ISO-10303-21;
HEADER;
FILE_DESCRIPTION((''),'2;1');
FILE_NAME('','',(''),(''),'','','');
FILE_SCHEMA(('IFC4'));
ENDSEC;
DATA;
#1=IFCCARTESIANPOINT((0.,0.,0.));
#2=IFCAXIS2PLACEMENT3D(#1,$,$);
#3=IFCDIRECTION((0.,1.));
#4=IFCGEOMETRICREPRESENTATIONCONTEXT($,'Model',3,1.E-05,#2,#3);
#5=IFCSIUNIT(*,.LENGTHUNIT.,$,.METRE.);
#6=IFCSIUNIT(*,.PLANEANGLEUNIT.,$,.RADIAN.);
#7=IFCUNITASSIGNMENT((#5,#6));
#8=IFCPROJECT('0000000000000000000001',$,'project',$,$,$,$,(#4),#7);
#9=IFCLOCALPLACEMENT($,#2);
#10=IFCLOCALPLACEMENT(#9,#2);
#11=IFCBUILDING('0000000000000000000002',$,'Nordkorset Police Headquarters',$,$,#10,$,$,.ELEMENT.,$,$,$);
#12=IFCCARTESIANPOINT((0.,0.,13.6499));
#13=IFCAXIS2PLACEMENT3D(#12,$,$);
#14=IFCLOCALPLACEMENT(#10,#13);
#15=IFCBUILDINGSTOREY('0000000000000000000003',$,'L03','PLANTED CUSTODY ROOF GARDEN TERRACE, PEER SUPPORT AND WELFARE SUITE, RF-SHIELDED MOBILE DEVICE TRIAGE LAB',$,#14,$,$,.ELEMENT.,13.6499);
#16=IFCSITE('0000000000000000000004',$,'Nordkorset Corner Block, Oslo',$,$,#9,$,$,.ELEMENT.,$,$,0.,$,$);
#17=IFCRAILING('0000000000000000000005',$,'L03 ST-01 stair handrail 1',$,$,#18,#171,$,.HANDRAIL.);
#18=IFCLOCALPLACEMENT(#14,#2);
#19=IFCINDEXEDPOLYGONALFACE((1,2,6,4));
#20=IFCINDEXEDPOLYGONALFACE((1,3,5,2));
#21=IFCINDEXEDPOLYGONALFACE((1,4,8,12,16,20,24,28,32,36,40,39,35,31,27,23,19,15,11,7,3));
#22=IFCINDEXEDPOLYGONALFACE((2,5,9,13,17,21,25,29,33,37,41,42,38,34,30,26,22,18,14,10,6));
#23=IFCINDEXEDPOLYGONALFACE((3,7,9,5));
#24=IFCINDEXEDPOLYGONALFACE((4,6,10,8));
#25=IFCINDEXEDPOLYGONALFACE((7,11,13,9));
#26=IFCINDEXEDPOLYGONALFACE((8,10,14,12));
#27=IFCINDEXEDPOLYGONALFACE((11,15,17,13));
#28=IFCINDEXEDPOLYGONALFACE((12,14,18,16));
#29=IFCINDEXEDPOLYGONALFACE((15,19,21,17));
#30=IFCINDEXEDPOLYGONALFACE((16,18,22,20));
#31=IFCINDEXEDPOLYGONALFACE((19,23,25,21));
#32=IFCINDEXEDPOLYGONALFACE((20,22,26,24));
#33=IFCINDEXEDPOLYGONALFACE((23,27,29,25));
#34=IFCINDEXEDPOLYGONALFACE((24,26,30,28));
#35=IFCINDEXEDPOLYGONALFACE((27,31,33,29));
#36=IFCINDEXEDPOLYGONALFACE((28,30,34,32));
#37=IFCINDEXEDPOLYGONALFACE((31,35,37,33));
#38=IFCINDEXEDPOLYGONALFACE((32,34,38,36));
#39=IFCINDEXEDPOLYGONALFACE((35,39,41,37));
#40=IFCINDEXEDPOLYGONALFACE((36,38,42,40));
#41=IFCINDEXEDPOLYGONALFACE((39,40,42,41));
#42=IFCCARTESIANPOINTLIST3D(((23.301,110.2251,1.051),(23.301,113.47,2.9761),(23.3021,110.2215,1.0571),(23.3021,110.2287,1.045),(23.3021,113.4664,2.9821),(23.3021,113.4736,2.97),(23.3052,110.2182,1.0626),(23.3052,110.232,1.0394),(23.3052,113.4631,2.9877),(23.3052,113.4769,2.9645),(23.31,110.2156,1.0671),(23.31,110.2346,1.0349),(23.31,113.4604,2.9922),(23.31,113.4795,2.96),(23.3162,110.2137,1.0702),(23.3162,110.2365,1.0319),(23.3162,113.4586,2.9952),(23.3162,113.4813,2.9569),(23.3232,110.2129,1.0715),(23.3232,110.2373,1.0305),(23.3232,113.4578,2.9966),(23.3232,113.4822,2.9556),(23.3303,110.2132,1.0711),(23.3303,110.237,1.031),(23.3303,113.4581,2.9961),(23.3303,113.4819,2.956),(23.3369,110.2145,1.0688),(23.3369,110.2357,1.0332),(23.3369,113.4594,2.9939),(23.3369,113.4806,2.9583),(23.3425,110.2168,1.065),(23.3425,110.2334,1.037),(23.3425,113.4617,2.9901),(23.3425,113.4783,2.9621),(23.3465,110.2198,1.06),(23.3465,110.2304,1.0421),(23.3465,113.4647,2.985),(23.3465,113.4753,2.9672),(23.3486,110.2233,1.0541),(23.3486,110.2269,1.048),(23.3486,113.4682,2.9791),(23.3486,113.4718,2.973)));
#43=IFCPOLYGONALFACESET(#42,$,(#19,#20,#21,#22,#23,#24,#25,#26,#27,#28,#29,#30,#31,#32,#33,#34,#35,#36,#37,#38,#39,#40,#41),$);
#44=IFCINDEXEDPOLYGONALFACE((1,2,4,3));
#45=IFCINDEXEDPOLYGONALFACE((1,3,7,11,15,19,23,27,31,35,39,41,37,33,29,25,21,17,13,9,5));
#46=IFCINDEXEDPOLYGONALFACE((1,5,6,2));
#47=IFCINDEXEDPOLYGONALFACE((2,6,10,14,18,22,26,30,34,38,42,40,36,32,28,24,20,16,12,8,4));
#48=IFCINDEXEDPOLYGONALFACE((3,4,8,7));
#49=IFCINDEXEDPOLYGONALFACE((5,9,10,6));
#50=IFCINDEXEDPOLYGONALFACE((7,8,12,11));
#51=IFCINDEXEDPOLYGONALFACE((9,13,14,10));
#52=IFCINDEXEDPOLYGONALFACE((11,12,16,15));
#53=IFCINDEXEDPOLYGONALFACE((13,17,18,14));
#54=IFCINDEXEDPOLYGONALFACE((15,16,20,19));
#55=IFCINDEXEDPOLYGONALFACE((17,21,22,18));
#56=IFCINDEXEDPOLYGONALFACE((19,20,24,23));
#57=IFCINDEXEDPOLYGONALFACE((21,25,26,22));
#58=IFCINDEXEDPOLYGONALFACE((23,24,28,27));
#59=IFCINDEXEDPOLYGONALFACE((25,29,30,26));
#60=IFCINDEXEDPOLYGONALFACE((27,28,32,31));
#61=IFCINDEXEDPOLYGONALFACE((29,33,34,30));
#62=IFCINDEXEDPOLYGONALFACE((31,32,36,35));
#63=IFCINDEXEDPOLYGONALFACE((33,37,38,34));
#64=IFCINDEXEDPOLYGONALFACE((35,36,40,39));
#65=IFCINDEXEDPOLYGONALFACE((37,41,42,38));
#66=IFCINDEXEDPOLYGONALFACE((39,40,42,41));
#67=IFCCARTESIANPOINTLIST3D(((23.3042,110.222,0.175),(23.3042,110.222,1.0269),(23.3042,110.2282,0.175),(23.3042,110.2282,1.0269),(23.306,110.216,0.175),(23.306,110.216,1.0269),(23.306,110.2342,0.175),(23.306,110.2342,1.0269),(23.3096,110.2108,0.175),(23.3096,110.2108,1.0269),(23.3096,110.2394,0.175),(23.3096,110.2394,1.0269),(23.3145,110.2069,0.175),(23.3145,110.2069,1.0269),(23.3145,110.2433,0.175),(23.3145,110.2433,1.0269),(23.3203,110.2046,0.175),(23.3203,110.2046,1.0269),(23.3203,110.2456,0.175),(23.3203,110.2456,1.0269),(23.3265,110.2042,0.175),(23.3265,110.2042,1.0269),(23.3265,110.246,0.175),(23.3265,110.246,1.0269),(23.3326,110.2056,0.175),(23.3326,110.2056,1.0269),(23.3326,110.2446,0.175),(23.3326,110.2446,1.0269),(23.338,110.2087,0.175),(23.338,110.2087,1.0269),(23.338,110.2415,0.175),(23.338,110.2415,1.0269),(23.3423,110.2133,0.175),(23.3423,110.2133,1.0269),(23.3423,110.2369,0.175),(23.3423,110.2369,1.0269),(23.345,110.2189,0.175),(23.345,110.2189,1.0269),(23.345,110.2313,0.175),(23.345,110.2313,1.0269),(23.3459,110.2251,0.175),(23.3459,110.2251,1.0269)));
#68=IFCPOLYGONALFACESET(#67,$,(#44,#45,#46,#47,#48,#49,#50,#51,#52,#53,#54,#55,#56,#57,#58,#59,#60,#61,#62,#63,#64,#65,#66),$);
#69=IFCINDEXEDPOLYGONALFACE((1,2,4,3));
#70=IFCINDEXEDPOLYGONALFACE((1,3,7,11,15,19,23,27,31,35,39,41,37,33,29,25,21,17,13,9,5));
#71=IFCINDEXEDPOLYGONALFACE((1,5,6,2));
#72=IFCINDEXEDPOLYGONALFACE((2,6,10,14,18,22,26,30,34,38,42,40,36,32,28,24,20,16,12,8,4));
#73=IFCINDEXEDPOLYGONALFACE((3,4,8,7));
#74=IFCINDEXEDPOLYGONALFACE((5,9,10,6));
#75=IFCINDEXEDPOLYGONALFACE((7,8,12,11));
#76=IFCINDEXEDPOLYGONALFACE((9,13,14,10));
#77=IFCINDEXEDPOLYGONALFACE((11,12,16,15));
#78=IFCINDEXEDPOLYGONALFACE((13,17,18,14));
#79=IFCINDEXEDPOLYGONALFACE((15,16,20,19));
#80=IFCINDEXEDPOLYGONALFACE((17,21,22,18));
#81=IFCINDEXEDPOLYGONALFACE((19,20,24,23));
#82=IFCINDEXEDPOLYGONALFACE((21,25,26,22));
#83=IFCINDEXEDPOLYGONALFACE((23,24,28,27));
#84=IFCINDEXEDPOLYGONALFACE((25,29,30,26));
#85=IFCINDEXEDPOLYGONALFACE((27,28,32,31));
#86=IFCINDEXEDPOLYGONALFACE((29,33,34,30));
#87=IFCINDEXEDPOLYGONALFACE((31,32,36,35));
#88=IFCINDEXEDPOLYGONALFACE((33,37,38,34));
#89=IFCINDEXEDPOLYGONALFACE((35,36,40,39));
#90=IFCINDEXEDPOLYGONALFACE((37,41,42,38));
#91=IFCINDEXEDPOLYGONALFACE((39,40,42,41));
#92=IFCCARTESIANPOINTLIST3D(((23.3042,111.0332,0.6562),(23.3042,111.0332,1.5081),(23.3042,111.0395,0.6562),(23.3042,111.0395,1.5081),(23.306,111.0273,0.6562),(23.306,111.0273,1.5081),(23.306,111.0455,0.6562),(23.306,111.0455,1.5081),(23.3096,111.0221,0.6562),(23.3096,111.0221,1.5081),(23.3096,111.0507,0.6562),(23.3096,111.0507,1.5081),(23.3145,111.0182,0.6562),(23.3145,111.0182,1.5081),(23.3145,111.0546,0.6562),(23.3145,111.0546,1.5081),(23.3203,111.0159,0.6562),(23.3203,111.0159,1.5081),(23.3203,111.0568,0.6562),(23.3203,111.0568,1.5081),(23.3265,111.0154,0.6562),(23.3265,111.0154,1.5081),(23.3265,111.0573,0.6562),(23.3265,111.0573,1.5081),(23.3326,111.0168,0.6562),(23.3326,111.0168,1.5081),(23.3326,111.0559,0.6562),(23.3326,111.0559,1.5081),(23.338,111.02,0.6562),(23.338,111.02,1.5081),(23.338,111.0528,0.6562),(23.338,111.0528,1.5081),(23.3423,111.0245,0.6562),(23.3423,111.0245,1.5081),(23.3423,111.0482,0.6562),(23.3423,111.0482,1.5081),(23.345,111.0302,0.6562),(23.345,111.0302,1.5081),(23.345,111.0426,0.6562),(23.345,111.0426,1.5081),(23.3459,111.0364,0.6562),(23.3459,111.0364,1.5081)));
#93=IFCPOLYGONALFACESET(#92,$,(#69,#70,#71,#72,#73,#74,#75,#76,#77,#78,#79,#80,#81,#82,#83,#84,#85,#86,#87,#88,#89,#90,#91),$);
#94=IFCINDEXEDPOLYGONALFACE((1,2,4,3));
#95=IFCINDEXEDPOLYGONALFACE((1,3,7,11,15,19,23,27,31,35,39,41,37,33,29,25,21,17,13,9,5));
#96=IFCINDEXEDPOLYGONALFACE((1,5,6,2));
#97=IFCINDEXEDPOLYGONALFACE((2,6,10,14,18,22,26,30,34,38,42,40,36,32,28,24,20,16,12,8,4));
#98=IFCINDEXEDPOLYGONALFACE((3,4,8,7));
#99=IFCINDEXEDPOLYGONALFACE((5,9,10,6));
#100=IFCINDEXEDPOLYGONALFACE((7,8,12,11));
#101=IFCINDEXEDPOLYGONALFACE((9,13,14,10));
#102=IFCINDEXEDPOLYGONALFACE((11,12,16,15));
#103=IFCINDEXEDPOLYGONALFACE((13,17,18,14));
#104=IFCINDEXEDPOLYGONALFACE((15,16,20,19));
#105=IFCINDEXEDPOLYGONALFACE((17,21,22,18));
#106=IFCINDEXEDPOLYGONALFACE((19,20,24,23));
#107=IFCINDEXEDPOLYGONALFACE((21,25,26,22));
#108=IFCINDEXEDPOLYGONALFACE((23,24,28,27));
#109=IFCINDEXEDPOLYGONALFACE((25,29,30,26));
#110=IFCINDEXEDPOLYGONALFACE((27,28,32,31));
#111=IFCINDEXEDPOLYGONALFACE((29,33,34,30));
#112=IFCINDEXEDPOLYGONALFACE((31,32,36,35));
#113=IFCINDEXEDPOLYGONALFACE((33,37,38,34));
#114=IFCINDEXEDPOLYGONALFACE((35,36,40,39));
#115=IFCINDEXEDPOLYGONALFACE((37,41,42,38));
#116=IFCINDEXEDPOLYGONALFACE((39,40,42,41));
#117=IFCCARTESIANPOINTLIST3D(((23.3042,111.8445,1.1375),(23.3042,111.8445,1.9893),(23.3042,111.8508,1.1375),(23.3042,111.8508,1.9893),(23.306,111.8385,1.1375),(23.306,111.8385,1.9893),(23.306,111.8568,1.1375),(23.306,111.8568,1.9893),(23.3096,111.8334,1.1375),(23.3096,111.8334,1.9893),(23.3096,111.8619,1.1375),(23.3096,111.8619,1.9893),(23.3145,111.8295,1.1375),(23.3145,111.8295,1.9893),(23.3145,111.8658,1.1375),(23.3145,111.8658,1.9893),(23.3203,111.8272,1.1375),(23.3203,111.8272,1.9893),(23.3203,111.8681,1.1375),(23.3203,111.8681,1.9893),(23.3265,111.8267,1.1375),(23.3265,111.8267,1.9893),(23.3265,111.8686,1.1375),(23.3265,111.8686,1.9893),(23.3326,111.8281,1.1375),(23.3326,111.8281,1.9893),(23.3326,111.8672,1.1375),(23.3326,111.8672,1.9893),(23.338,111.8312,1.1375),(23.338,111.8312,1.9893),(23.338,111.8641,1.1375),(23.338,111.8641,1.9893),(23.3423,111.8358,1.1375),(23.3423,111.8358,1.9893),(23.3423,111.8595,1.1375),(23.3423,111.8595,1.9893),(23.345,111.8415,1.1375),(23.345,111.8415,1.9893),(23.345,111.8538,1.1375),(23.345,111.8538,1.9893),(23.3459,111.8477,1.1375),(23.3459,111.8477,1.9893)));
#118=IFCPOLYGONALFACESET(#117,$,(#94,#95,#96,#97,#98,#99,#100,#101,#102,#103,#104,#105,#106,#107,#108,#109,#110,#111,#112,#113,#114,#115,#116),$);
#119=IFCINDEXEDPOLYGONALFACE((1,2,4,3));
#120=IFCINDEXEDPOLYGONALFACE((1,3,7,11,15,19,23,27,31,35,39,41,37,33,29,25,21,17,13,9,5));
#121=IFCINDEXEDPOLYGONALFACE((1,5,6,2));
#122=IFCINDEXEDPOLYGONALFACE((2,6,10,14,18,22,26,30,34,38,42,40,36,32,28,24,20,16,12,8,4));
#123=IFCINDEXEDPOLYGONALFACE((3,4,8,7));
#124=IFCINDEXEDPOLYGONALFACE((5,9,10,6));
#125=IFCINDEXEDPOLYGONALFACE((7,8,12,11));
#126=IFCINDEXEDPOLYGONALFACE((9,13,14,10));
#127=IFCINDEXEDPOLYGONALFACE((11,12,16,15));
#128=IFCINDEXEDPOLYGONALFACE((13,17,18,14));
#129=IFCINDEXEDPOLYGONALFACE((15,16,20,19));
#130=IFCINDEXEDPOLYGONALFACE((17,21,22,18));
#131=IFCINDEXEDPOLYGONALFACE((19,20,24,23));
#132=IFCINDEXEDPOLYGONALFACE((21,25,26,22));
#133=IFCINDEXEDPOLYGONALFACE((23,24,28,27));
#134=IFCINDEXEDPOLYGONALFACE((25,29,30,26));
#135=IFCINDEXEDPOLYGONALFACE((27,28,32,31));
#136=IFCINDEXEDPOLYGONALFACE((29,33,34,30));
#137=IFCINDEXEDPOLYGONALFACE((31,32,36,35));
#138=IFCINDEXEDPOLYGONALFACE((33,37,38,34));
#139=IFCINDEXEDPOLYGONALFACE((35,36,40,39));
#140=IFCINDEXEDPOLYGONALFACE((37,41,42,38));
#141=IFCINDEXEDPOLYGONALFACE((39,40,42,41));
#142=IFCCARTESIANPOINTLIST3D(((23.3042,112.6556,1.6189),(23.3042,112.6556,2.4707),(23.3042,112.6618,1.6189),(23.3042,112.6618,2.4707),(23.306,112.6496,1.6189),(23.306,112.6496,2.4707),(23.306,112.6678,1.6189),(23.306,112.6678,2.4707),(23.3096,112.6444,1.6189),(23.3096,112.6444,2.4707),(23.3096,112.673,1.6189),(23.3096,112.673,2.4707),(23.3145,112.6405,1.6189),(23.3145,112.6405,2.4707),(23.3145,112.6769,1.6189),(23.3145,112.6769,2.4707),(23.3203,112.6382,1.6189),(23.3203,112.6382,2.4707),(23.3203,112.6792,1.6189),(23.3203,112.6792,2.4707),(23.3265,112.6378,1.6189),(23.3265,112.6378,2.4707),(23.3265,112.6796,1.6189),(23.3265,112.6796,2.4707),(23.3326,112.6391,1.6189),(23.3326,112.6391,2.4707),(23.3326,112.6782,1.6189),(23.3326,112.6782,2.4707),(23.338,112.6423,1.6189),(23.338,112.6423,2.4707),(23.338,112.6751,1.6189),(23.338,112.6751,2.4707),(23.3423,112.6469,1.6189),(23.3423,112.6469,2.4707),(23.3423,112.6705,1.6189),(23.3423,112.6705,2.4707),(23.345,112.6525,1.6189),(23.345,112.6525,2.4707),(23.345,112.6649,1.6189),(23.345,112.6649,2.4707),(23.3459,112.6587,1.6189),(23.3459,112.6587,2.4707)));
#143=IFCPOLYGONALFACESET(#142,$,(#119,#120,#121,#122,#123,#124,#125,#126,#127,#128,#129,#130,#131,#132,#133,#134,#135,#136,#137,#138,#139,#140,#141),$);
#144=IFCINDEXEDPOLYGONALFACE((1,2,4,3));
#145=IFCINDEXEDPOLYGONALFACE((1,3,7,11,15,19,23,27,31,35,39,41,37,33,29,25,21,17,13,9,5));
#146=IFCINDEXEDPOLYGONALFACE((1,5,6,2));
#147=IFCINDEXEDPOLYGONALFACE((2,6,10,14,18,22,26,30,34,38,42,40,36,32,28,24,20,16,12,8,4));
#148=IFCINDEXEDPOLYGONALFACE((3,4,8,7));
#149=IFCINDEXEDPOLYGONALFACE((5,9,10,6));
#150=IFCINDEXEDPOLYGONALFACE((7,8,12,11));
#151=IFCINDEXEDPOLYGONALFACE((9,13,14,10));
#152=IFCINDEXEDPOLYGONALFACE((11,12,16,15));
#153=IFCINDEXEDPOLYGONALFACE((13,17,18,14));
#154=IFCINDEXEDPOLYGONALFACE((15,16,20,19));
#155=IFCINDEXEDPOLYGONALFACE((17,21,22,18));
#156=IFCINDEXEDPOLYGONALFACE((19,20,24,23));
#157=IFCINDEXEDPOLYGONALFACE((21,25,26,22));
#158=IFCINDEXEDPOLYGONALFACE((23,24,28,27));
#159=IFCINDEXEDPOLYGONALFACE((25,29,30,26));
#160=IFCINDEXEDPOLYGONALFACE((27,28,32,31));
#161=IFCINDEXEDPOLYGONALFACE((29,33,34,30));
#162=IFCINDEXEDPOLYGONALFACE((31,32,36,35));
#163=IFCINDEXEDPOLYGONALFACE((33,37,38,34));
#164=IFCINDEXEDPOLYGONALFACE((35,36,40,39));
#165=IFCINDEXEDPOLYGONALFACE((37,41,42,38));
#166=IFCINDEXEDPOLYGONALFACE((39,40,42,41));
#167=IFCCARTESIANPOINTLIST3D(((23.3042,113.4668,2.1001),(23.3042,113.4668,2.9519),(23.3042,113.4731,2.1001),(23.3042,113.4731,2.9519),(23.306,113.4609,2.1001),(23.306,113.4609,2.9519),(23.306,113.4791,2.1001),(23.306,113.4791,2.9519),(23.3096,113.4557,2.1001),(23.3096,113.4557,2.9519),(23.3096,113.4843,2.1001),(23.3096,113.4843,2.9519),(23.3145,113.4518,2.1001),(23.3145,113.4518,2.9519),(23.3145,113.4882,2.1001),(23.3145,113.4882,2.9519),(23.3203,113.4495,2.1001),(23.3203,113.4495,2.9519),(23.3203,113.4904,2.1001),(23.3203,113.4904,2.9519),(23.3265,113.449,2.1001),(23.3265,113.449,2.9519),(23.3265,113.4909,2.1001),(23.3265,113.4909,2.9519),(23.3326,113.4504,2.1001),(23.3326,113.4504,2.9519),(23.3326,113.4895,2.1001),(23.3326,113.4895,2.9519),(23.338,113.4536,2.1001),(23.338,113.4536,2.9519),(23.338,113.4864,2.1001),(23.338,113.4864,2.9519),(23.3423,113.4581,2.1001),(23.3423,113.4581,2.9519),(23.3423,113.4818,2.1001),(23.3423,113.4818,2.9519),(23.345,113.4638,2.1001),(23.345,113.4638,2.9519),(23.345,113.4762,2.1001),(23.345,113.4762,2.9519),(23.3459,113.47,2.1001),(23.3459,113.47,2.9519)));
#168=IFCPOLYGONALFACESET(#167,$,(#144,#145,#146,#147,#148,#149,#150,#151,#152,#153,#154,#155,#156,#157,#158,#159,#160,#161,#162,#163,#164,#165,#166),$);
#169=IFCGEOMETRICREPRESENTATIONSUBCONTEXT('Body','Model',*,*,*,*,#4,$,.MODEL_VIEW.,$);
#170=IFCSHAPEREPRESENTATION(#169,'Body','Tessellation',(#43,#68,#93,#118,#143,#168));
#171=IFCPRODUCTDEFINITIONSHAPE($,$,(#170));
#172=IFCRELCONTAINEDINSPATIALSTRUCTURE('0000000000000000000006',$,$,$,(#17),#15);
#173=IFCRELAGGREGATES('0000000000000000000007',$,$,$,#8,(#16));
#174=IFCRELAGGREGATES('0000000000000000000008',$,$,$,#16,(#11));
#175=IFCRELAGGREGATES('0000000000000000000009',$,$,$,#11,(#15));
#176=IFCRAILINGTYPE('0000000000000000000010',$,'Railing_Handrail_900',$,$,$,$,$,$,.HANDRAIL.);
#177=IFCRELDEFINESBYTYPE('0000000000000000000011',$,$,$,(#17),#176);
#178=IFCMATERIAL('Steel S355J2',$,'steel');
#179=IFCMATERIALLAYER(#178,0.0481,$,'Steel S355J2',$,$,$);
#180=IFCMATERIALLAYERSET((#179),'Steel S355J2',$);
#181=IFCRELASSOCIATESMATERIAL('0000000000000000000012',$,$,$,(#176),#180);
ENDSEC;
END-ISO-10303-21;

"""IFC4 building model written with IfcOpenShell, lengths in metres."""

from ifc_helpers import new_model, si_unit, direction, frame, origin, origin_2d, place, context, subcontext, project, spatial, circle, extrude, material, layer, layer_set, type_object, element, save


model = new_model("IFC4")

# Units and contexts
model_context = context("Model", 3, precision=1e-05, world=origin(), true_north=direction((0.0, 1.0)))
body_context = subcontext(model_context, "Body", "Model", "MODEL_VIEW")
ifc_project = project(units=[si_unit("LENGTHUNIT", "METRE"), si_unit("PLANEANGLEUNIT", "RADIAN")], contexts=[model_context])

# Site, building, storey
site_placement = place(None, origin())
site = spatial("IfcSite", under=ifc_project, at=site_placement, Name="Nordkorset Corner Block, Oslo", CompositionType="ELEMENT", RefElevation=0.0)
building_placement = place(site_placement, origin())
building = spatial("IfcBuilding", under=site, at=building_placement, Name="Nordkorset Police Headquarters", CompositionType="ELEMENT")
storey_placement = place(building_placement, frame((0.0, 0.0, 13.6499)))
storey = spatial("IfcBuildingStorey", under=building, at=storey_placement, Name="L03", Description="PLANTED CUSTODY ROOF GARDEN TERRACE, PEER SUPPORT AND WELFARE SUITE, RF-SHIELDED MOBILE DEVICE TRIAGE LAB", CompositionType="ELEMENT", Elevation=13.6499)

# Railing
ifc_material_1 = material(Name="Steel S355J2", Category="steel")
ifc_layer_1 = layer(ifc_material_1, 0.0481, Name="Steel S355J2")
ifc_layer_set_1 = layer_set([ifc_layer_1], Name="Steel S355J2")
railing_type_1 = type_object("IfcRailingType", Name="Railing_Handrail_900", PredefinedType="HANDRAIL", material=ifc_layer_set_1)
railing_1_placement = place(storey_placement, frame((23.325, 110.2251, 0.175)))
element("IfcRailing", 1, at=railing_1_placement, inside=storey, type_object=railing_type_1, Name="L03 ST-01 stair handrail 1", PredefinedType="HANDRAIL", context=body_context, shape_type="SweptSolid", body=[
    extrude(circle(Radius=0.0239, at=origin_2d()), frame((0.0, 0.0, 0.876), z_axis=(0.0, 0.86004, 0.510226), x_axis=(-1.0, 0.0, 0.0)), (0.0, 0.0, 1.0), 3.7729),
    extrude(circle(Radius=0.021, at=origin_2d()), origin(), (0.0, 0.0, 1.0), 0.8518),
    extrude(circle(Radius=0.021, at=origin_2d()), frame((0.0, 0.8113, 0.4812)), (0.0, 0.0, 1.0), 0.8518),
    extrude(circle(Radius=0.021, at=origin_2d()), frame((0.0, 1.6226, 0.9624)), (0.0, 0.0, 1.0), 0.8518),
    extrude(circle(Radius=0.021, at=origin_2d()), frame((0.0, 2.4336, 1.4438)), (0.0, 0.0, 1.0), 0.8518),
    extrude(circle(Radius=0.021, at=origin_2d()), frame((0.0, 3.2449, 1.925)), (0.0, 0.0, 1.0), 0.8518),
])

save(model, "model.ifc")
